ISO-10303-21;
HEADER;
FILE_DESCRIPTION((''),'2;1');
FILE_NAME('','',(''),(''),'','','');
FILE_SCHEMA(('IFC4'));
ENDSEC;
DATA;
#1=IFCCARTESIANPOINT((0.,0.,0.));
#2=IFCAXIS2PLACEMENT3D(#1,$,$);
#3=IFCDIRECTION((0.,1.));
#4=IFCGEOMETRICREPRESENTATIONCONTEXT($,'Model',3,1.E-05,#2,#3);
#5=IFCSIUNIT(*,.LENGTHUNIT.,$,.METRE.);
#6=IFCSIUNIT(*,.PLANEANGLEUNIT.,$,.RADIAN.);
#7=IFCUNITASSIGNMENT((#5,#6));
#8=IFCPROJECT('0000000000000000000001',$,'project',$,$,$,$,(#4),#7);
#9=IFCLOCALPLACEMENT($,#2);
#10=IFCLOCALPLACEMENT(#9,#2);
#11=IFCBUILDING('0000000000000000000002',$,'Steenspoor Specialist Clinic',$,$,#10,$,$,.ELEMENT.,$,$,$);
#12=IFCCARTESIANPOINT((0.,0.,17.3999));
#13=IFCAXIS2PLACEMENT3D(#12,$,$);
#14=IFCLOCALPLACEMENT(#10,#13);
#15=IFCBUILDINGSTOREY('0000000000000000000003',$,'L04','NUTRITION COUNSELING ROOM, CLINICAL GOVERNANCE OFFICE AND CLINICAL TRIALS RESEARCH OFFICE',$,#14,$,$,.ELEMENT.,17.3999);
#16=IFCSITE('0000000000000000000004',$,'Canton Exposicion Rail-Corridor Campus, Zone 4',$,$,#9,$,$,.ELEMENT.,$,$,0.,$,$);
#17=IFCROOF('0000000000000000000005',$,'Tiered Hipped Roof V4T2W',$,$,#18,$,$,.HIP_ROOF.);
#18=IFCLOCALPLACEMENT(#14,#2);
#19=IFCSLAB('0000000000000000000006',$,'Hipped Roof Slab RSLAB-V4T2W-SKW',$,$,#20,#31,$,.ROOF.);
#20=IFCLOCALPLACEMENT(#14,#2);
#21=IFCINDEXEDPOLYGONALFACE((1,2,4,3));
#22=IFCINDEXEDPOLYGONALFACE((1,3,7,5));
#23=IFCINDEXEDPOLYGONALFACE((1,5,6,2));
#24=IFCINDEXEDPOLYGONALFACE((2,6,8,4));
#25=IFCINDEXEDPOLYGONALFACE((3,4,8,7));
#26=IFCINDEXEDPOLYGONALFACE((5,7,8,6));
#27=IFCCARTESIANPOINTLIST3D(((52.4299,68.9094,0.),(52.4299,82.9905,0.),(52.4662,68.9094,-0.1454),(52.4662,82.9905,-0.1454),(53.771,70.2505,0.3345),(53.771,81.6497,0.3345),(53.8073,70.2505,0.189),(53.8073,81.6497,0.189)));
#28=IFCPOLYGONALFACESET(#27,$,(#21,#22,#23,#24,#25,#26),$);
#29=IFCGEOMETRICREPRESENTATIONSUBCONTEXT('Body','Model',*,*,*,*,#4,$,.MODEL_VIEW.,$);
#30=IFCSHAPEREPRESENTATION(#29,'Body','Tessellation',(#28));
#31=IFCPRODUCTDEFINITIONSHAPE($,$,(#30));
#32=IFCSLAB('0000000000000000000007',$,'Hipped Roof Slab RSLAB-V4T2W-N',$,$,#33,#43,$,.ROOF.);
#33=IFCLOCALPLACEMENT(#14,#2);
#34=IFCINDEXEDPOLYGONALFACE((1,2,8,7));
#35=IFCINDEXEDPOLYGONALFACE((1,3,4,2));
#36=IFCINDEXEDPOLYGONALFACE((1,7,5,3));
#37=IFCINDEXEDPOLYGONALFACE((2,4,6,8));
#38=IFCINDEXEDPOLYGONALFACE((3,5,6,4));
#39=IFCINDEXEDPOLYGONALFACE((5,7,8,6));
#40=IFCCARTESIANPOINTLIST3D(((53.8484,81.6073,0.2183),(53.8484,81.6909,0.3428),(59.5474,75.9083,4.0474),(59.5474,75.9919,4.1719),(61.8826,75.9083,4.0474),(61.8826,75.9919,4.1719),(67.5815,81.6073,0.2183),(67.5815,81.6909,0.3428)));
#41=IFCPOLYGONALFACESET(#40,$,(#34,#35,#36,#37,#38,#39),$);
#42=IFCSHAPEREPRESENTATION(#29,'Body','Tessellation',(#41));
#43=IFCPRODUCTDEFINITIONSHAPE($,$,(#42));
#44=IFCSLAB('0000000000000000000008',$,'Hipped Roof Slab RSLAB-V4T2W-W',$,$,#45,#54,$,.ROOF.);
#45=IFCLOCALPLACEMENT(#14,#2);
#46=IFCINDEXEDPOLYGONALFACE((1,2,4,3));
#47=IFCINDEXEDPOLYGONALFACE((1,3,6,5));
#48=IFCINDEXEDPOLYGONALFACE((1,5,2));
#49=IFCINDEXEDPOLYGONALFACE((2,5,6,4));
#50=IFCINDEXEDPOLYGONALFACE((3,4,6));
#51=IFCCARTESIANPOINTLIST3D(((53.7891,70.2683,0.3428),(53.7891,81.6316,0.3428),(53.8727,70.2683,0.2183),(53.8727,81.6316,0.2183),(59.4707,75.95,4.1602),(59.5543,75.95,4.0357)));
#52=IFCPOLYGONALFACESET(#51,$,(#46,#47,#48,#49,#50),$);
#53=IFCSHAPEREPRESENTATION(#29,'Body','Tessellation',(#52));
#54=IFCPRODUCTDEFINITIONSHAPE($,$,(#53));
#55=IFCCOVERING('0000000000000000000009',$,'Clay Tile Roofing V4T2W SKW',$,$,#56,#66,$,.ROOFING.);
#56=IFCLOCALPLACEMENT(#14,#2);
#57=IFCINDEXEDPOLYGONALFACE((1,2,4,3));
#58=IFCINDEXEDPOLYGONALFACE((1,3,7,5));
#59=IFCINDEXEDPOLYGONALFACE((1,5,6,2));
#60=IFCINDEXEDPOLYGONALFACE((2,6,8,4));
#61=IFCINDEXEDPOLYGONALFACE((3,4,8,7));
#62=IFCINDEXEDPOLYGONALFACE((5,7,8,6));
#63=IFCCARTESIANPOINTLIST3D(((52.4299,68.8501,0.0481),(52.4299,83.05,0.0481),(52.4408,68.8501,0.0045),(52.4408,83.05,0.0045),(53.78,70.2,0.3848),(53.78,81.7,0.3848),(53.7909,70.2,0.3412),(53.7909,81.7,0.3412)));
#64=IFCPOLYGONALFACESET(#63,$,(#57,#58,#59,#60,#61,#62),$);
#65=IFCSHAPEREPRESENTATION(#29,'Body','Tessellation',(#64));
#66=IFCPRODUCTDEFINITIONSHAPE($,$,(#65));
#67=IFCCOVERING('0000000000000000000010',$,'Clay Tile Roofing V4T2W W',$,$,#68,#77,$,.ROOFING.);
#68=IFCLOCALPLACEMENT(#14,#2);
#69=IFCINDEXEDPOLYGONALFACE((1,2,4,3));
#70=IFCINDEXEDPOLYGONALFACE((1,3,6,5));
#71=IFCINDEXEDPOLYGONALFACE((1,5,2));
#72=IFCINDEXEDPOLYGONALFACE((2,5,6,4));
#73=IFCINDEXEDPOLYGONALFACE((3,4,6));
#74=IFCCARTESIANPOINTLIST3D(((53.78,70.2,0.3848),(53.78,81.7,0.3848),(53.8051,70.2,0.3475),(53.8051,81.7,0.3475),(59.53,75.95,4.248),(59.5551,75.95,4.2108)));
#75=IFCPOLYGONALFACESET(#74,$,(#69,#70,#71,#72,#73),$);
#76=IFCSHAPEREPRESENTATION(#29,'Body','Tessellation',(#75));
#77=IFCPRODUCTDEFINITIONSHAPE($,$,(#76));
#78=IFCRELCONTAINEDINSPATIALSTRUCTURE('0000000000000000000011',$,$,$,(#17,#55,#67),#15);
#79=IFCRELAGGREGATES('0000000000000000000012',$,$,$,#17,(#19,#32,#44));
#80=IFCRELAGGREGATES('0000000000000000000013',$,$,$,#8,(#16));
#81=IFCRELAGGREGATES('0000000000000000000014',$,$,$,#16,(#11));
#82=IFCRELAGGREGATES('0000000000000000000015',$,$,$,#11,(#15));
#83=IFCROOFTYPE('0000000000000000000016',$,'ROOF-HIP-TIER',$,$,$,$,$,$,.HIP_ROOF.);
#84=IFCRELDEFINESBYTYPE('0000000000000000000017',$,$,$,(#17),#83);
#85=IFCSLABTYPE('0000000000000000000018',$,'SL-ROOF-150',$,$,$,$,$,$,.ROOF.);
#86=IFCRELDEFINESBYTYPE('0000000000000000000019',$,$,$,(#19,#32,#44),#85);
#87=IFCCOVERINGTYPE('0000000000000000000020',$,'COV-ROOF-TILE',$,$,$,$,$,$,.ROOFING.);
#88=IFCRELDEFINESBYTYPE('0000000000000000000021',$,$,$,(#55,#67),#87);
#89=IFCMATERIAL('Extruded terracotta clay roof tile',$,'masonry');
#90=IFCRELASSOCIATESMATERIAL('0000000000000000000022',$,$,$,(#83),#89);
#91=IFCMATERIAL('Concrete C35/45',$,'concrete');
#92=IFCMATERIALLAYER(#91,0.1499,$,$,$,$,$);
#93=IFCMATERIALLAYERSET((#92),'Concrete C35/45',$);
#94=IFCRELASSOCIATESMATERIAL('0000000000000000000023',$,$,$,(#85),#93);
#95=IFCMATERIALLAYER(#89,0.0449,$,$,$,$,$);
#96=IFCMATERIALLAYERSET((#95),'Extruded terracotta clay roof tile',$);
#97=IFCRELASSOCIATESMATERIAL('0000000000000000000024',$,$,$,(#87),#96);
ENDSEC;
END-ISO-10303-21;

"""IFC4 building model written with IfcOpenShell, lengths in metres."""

from ifc_helpers import new_model, si_unit, direction, frame, origin, place, context, subcontext, project, spatial, polyline, outline, extrude, material, layer, layer_set, type_object, element, aggregate, save


model = new_model("IFC4")

# Units and contexts
model_context = context("Model", 3, precision=1e-05, world=origin(), true_north=direction((0.0, 1.0)))
body_context = subcontext(model_context, "Body", "Model", "MODEL_VIEW")
ifc_project = project(units=[si_unit("LENGTHUNIT", "METRE"), si_unit("PLANEANGLEUNIT", "RADIAN")], contexts=[model_context])

# Site, building, storey
site_placement = place(None, origin())
site = spatial("IfcSite", under=ifc_project, at=site_placement, Name="Canton Exposicion Rail-Corridor Campus, Zone 4", CompositionType="ELEMENT", RefElevation=0.0)
building_placement = place(site_placement, origin())
building = spatial("IfcBuilding", under=site, at=building_placement, Name="Steenspoor Specialist Clinic", CompositionType="ELEMENT")
storey_placement = place(building_placement, frame((0.0, 0.0, 17.3999)))
storey = spatial("IfcBuildingStorey", under=building, at=storey_placement, Name="L04", Description="NUTRITION COUNSELING ROOM, CLINICAL GOVERNANCE OFFICE AND CLINICAL TRIALS RESEARCH OFFICE", CompositionType="ELEMENT", Elevation=17.3999)

# Roof, slabs
ifc_material_1 = material(Name="Extruded terracotta clay roof tile", Category="masonry")
roof_type = type_object("IfcRoofType", Name="ROOF-HIP-TIER", PredefinedType="HIP_ROOF", material=ifc_material_1)
roof_placement = place(storey_placement, origin())
roof = element("IfcRoof", 1, at=roof_placement, inside=storey, type_object=roof_type, Name="Tiered Hipped Roof V4T2W", PredefinedType="HIP_ROOF")
ifc_material_2 = material(Name="Concrete C35/45", Category="concrete")
ifc_layer_1 = layer(ifc_material_2, 0.1499)
ifc_layer_set_1 = layer_set([ifc_layer_1], Name="Concrete C35/45")
slab_type = type_object("IfcSlabType", Name="SL-ROOF-150", PredefinedType="ROOF", material=ifc_layer_set_1)
slab_1_placement = place(storey_placement, frame((53.771, 81.6497, 0.3345), z_axis=(-0.241995, 0.0, 0.970277), x_axis=(-0.696422, 0.696295, -0.173693)))
slab_1 = element("IfcSlab", 2, at=slab_1_placement, type_object=slab_type, Name="Hipped Roof Slab RSLAB-V4T2W-SKW", PredefinedType="ROOF", context=body_context, shape_type="SweptSolid", body=[
    extrude(outline(polyline([(0.0, 0.0), (1.9256, 0.0), (-7.8789, 10.1068), (-7.9372, 8.1818), (0.0, 0.0)])), origin(), (0.0, 0.0, -1.0), 0.1499),
])
slab_2_placement = place(storey_placement, frame((53.8484, 81.6909, 0.3428), z_axis=(0.0, 0.5577, 0.830043), x_axis=(0.638689, -0.638689, 0.429131)))
slab_2 = element("IfcSlab", 3, at=slab_2_placement, type_object=slab_type, Name="Hipped Roof Slab RSLAB-V4T2W-N", PredefinedType="ROOF", context=body_context, shape_type="SweptSolid", body=[
    extrude(outline(polyline([(0.0, 0.0), (8.9229, 0.0), (10.4144, 1.7969), (8.7712, 10.5672), (0.0, 0.0)])), origin(), (0.0, 0.0, -1.0), 0.1499),
])
slab_3_placement = place(storey_placement, frame((59.4707, 75.95, 4.1602), z_axis=(-0.557693, 0.0, 0.830048), x_axis=(-0.638691, 0.638691, -0.429124)))
slab_3 = element("IfcSlab", 4, at=slab_3_placement, type_object=slab_type, Name="Hipped Roof Slab RSLAB-V4T2W-W", PredefinedType="ROOF", context=body_context, shape_type="SweptSolid", body=[
    extrude(outline(polyline([(0.0, 0.0), (8.8958, 0.0), (1.6381, 8.7436), (0.0, 0.0)])), origin(), (0.0, 0.0, -1.0), 0.1499),
])
aggregate(roof, [slab_1, slab_2, slab_3])

# Coverings
ifc_layer_2 = layer(ifc_material_1, 0.0449)
ifc_layer_set_2 = layer_set([ifc_layer_2], Name="Extruded terracotta clay roof tile")
covering_type = type_object("IfcCoveringType", Name="COV-ROOF-TILE", PredefinedType="ROOFING", material=ifc_layer_set_2)
covering_1_placement = place(storey_placement, frame((52.4299, 83.05, 0.0481), z_axis=(-0.241958, 0.0, 0.970287), x_axis=(0.0, -1.0, 0.0)))
element("IfcCovering", 5, at=covering_1_placement, inside=storey, type_object=covering_type, Name="Clay Tile Roofing V4T2W SKW", PredefinedType="ROOFING", context=body_context, shape_type="SweptSolid", body=[
    extrude(outline(polyline([(0.0, 0.0), (14.2, 0.0), (12.8501, 1.3914), (1.3501, 1.3914), (0.0, 0.0)])), origin(), (0.0, 0.0, -1.0), 0.0449),
])
covering_2_placement = place(storey_placement, frame((53.78, 81.7, 0.3848), z_axis=(-0.55769, 0.0, 0.83005), x_axis=(0.0, -1.0, 0.0)))
element("IfcCovering", 6, at=covering_2_placement, inside=storey, type_object=covering_type, Name="Clay Tile Roofing V4T2W W", PredefinedType="ROOFING", context=body_context, shape_type="SweptSolid", body=[
    extrude(outline(polyline([(0.0, 0.0), (11.5, 0.0), (5.75, 6.9273), (0.0, 0.0)])), origin(), (0.0, 0.0, -1.0), 0.0449),
])

save(model, "model.ifc")
